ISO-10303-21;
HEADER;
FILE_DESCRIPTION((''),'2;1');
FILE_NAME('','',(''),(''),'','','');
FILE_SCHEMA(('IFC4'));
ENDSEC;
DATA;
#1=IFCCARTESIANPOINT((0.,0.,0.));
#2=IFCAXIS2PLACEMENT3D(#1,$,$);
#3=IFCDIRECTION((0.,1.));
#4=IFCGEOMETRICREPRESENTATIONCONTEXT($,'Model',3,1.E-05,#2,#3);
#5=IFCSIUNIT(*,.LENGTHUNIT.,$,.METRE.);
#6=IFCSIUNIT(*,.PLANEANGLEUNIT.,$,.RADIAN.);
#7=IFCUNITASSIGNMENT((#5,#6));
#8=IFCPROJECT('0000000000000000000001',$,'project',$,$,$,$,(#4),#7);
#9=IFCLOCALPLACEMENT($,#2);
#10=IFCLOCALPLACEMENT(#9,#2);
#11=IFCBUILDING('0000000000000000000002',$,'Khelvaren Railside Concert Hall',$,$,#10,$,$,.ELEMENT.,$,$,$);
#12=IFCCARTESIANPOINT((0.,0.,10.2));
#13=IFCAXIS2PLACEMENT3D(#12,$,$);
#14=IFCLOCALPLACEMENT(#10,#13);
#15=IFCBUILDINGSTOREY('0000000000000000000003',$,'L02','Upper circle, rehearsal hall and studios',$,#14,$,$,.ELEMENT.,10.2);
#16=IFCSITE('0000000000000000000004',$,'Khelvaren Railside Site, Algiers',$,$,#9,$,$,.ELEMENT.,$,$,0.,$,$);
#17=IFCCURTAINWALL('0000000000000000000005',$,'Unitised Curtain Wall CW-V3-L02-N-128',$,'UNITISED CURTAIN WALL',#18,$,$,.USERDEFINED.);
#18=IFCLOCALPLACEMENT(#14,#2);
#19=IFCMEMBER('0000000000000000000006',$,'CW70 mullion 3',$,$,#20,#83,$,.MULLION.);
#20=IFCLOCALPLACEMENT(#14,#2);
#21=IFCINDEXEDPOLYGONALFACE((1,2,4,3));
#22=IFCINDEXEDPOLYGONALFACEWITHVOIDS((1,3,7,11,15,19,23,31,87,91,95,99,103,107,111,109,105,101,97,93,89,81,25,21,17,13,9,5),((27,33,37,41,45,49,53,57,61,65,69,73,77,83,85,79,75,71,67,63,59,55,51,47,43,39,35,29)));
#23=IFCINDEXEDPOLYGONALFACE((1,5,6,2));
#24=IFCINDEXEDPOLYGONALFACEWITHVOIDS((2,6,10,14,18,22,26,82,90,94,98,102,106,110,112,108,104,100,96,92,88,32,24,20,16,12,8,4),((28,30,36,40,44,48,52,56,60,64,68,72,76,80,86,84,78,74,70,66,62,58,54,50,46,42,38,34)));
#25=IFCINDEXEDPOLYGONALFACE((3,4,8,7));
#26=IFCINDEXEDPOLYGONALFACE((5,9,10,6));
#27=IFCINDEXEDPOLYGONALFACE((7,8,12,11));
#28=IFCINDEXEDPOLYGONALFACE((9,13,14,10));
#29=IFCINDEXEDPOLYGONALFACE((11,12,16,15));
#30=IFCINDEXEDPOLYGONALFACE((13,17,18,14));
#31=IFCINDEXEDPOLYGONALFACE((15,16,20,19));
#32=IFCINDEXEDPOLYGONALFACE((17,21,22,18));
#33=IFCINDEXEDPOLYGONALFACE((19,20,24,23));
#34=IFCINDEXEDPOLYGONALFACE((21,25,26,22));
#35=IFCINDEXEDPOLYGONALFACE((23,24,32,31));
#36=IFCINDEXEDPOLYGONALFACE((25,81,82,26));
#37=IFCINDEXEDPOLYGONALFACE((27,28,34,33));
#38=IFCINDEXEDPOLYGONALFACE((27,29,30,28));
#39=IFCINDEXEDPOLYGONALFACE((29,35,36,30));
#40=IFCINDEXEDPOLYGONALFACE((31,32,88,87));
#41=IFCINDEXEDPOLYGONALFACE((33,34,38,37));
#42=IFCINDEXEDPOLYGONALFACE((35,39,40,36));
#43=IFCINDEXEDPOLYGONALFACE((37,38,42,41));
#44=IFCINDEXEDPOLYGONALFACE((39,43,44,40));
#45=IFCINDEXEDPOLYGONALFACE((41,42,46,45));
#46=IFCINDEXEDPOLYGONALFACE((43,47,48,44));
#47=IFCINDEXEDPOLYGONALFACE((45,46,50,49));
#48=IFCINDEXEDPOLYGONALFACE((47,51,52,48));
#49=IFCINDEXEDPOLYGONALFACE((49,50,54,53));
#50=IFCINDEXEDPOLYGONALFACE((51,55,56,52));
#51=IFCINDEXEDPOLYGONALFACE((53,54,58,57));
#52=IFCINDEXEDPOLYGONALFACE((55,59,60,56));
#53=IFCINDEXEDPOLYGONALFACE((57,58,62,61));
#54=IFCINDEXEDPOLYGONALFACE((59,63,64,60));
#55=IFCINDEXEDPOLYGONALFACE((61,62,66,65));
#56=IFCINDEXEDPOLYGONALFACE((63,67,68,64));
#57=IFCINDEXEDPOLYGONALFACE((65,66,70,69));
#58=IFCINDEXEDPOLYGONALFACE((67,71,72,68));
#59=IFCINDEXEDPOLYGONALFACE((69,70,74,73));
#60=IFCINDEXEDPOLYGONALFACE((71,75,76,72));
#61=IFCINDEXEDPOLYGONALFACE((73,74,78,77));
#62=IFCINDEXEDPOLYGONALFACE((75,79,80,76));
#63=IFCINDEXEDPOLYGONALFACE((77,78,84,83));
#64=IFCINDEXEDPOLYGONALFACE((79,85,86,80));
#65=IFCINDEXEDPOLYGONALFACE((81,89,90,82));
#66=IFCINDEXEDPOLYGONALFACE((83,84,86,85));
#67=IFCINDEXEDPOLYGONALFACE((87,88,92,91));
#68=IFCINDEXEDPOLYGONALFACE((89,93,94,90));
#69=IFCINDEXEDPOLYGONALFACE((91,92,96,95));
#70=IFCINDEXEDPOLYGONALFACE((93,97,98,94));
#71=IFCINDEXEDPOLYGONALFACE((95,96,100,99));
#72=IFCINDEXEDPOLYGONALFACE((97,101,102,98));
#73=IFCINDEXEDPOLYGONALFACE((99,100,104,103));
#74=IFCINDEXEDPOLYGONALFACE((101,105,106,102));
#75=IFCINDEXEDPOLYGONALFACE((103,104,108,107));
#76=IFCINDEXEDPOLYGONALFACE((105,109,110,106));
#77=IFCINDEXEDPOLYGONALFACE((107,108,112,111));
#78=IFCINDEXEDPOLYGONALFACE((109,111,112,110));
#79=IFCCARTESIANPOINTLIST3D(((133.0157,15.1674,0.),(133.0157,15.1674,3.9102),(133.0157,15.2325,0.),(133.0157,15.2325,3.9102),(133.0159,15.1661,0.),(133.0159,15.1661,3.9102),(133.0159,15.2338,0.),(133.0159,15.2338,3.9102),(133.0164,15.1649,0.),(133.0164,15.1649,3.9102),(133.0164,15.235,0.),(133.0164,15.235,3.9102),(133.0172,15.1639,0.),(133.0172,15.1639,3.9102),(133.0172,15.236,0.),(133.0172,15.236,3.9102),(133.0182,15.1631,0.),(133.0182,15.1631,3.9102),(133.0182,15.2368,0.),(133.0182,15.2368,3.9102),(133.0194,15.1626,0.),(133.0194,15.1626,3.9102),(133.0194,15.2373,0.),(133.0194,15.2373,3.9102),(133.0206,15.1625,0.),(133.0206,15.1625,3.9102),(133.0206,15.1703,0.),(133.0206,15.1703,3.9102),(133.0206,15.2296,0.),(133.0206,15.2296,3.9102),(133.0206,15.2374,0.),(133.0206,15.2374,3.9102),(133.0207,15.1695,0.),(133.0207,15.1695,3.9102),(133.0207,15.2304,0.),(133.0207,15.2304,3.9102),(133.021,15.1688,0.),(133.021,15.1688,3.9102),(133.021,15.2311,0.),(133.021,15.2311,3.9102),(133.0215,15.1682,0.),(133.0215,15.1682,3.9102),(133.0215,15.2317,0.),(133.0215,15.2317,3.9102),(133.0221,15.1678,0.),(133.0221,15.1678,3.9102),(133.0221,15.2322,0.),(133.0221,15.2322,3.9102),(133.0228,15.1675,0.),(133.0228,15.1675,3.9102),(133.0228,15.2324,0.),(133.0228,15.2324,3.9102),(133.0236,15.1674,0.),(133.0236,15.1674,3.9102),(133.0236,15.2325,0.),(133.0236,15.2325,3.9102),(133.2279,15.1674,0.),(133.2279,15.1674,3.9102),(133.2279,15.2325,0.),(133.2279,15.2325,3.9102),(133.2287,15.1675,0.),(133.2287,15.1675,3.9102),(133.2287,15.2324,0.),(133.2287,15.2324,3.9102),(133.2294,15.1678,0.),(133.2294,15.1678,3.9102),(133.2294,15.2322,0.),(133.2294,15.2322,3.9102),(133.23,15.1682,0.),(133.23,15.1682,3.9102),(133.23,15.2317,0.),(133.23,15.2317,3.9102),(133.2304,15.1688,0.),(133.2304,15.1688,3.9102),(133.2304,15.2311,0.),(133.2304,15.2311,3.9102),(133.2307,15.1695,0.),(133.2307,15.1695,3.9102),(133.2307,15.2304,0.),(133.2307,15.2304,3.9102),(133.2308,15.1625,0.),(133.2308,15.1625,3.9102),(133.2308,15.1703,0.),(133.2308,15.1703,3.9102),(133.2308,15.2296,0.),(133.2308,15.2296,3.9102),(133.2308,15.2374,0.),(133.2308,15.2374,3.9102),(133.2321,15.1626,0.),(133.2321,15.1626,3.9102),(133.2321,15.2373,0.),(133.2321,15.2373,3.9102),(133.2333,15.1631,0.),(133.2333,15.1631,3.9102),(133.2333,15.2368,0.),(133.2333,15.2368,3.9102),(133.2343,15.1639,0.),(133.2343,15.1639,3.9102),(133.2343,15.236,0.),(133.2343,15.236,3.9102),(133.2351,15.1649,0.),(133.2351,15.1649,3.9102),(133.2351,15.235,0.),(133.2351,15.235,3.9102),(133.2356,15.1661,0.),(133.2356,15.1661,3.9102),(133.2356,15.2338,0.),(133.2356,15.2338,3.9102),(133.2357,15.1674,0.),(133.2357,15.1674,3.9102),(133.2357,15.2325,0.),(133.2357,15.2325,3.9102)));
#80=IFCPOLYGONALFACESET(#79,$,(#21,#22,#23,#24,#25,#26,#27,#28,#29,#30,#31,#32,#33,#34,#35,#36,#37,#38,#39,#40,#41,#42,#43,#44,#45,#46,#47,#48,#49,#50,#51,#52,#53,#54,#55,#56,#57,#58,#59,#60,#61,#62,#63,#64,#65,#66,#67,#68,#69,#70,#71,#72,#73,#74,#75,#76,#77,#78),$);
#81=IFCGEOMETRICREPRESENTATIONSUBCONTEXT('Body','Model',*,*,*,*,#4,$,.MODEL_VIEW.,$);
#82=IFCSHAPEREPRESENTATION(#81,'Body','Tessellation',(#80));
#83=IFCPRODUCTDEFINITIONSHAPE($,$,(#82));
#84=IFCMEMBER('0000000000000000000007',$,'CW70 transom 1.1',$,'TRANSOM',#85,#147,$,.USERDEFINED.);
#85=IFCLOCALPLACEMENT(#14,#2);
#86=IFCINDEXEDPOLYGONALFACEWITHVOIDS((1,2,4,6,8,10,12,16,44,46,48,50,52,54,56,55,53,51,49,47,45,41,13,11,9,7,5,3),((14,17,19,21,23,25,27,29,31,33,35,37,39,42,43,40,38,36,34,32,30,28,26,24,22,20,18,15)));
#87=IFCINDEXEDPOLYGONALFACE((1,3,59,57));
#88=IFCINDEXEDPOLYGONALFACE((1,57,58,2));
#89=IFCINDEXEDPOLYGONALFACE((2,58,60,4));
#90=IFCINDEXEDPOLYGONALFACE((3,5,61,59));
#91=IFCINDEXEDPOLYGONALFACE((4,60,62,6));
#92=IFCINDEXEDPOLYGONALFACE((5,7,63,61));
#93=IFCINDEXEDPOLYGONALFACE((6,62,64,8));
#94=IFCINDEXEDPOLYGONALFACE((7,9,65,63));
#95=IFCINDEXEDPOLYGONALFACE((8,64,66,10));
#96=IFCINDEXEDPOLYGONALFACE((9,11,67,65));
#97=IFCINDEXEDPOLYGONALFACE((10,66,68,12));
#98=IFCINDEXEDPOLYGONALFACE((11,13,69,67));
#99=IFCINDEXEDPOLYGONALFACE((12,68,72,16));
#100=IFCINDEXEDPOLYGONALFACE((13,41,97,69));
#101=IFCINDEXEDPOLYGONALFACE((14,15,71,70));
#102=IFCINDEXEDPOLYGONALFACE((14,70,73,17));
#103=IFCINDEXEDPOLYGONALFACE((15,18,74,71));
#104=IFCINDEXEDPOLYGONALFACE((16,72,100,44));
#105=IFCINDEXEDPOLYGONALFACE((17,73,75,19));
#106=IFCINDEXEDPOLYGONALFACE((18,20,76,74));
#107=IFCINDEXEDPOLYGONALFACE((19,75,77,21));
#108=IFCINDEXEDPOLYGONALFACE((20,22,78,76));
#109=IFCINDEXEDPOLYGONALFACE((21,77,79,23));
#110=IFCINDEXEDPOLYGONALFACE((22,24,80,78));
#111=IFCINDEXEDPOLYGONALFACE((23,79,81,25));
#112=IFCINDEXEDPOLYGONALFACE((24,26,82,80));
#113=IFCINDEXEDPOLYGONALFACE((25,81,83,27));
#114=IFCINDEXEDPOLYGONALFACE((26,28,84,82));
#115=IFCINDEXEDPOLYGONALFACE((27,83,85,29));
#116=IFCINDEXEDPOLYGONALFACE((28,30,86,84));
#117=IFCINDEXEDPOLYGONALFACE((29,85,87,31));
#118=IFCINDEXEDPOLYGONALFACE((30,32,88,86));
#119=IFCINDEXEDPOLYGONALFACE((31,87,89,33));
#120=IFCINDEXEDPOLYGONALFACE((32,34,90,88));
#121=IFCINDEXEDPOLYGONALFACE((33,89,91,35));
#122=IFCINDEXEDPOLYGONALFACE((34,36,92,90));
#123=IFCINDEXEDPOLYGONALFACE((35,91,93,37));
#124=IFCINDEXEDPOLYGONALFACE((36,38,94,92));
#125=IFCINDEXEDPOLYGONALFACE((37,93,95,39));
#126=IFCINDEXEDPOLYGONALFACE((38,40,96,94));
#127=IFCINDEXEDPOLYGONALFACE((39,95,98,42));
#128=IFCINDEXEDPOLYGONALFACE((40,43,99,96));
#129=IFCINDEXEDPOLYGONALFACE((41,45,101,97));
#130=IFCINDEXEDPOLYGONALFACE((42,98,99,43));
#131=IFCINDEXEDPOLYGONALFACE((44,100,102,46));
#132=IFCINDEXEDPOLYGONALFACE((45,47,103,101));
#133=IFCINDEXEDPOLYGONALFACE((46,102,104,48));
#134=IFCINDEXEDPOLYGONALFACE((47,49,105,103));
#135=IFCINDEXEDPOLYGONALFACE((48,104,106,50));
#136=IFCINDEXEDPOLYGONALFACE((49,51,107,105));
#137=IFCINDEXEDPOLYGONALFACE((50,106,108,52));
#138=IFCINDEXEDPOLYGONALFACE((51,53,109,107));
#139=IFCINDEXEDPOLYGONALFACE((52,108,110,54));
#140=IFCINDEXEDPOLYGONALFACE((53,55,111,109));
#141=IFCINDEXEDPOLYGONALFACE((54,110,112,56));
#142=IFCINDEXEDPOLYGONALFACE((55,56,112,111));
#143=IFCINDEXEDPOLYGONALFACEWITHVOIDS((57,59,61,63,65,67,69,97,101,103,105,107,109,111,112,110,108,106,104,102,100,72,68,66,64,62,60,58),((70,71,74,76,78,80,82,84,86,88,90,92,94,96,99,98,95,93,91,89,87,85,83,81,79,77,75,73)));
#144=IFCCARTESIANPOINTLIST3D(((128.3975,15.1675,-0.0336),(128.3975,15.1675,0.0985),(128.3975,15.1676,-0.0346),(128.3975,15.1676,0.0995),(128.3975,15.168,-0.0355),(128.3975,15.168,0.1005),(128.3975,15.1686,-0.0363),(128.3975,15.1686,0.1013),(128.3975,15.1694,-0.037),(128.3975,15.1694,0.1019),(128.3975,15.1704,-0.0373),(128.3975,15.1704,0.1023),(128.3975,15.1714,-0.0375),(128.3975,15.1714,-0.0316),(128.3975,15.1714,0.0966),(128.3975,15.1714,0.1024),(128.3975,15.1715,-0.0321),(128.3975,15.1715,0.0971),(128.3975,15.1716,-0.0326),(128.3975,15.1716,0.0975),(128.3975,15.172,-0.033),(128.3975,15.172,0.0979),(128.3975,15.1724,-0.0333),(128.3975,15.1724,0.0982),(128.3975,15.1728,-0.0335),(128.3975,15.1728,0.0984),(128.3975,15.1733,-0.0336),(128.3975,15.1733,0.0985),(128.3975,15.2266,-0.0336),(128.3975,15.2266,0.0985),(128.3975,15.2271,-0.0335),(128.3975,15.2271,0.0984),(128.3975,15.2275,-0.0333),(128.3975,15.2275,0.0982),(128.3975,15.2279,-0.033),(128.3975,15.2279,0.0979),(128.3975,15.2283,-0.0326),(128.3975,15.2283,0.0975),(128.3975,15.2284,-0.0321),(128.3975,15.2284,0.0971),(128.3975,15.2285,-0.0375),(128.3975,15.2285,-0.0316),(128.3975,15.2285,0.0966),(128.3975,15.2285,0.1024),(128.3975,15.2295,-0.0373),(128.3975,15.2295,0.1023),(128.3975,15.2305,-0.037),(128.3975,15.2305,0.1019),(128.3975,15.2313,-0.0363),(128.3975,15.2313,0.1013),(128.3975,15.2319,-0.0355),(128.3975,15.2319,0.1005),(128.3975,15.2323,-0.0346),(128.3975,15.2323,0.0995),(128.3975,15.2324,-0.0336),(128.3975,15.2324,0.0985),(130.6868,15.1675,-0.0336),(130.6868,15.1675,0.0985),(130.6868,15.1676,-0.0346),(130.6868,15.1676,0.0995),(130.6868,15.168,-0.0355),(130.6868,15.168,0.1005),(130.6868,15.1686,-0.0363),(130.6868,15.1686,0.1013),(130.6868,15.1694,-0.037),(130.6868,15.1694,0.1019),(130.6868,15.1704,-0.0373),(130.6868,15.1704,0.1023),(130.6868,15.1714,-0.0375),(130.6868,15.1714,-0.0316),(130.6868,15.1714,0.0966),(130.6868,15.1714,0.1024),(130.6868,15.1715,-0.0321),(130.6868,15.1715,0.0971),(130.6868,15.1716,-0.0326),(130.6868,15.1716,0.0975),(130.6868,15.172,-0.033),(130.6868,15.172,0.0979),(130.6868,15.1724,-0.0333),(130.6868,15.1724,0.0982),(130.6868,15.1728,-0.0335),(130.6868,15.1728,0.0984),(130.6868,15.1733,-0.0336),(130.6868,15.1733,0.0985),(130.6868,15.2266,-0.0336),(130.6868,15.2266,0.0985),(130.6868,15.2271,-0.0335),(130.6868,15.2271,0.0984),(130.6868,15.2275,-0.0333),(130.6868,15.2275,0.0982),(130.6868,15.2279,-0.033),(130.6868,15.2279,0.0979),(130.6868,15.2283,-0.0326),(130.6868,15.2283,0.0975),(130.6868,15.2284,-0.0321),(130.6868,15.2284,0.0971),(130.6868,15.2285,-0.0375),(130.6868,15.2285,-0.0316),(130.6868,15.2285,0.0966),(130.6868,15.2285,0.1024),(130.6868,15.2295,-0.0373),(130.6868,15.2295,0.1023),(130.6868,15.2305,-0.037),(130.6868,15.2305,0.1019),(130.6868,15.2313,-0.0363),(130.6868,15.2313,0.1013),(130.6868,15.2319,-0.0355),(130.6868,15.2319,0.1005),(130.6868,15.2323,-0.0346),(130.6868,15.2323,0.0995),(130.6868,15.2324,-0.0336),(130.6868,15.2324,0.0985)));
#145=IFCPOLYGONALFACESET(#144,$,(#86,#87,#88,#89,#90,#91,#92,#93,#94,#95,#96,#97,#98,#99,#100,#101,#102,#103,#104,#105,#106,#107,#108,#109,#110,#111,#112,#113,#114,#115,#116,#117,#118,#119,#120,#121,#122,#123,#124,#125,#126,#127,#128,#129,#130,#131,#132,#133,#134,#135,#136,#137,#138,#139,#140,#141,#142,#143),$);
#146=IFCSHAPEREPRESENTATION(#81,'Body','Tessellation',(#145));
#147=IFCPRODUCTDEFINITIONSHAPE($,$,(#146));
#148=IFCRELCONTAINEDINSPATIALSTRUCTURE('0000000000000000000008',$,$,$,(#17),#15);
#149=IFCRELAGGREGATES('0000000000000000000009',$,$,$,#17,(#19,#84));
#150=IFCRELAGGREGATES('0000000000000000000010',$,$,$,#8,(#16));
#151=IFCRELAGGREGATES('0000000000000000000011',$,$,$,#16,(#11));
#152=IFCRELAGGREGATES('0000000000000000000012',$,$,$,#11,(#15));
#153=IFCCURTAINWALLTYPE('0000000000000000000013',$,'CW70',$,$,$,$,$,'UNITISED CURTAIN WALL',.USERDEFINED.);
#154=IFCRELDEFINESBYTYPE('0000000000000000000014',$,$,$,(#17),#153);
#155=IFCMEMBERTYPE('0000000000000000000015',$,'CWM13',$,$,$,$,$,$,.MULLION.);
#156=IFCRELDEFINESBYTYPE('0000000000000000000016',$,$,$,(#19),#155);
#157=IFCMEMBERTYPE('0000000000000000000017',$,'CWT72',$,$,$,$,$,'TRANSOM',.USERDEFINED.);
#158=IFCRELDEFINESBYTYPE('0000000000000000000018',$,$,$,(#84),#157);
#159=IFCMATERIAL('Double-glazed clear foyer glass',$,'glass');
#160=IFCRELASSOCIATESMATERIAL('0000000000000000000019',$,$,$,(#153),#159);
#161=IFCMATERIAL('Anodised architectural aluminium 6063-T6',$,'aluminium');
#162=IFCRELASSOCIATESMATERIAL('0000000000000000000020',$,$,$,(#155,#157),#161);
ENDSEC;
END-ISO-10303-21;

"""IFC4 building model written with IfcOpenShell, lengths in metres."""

from ifc_helpers import new_model, si_unit, direction, frame, origin, origin_2d, place, context, subcontext, project, spatial, hollow_rectangle, extrude, material, material_profile, profile_set, type_object, element, aggregate, save


model = new_model("IFC4")

# Units and contexts
model_context = context("Model", 3, precision=1e-05, world=origin(), true_north=direction((0.0, 1.0)))
body_context = subcontext(model_context, "Body", "Model", "MODEL_VIEW")
ifc_project = project(units=[si_unit("LENGTHUNIT", "METRE"), si_unit("PLANEANGLEUNIT", "RADIAN")], contexts=[model_context])

# Site, building, storey
site_placement = place(None, origin())
site = spatial("IfcSite", under=ifc_project, at=site_placement, Name="Khelvaren Railside Site, Algiers", CompositionType="ELEMENT", RefElevation=0.0)
building_placement = place(site_placement, origin())
building = spatial("IfcBuilding", under=site, at=building_placement, Name="Khelvaren Railside Concert Hall", CompositionType="ELEMENT")
storey_placement = place(building_placement, frame((0.0, 0.0, 10.2)))
storey = spatial("IfcBuildingStorey", under=building, at=storey_placement, Name="L02", Description="Upper circle, rehearsal hall and studios", CompositionType="ELEMENT", Elevation=10.2)

# Curtain wall, members
ifc_material_1 = material(Name="Double-glazed clear foyer glass", Category="glass")
curtain_wall_type = type_object("IfcCurtainWallType", Name="CW70", ElementType="UNITISED CURTAIN WALL", PredefinedType="USERDEFINED", material=ifc_material_1)
curtain_wall_placement = place(storey_placement, origin())
curtain_wall = element("IfcCurtainWall", 1, at=curtain_wall_placement, inside=storey, type_object=curtain_wall_type, Name="Unitised Curtain Wall CW-V3-L02-N-128", ObjectType="UNITISED CURTAIN WALL", PredefinedType="USERDEFINED")
ifc_material_2 = material(Name="Anodised architectural aluminium 6063-T6", Category="aluminium")
ifc_material_profile_1 = material_profile(ifc_material_2, hollow_rectangle(XDim=0.075, YDim=0.22, WallThickness=0.0049, InnerFilletRadius=0.0029, OuterFilletRadius=0.0049, at=origin_2d()), Name="CWM 75x220x5")
ifc_profile_set_1 = profile_set([ifc_material_profile_1], Name="Anodised architectural aluminium 6063-T6")
member_type_1 = type_object("IfcMemberType", Name="CWM13", PredefinedType="MULLION", material=ifc_profile_set_1)
member_1_placement = place(storey_placement, frame((133.1257, 15.2, 0.0), z_axis=(0.0, 0.0, 1.0), x_axis=(0.0, 1.0, 0.0)))
member_1 = element("IfcMember", 2, at=member_1_placement, type_object=member_type_1, Name="CW70 mullion 3", PredefinedType="MULLION", context=body_context, shape_type="SweptSolid", body=[
    extrude(hollow_rectangle(XDim=0.075, YDim=0.22, WallThickness=0.0049, InnerFilletRadius=0.0029, OuterFilletRadius=0.0049, at=origin_2d()), origin(), (0.0, 0.0, 1.0), 3.9102),
])
ifc_material_profile_2 = material_profile(ifc_material_2, hollow_rectangle(XDim=0.0649, YDim=0.1399, WallThickness=0.0039, InnerFilletRadius=0.002, OuterFilletRadius=0.0039, at=origin_2d()), Name="CWT 65x140x4")
ifc_profile_set_2 = profile_set([ifc_material_profile_2], Name="Anodised architectural aluminium 6063-T6")
member_type_2 = type_object("IfcMemberType", Name="CWT72", ElementType="TRANSOM", PredefinedType="USERDEFINED", material=ifc_profile_set_2)
member_2_placement = place(storey_placement, frame((128.3975, 15.2, 0.0325), z_axis=(1.0, 0.0, 0.0), x_axis=(0.0, 1.0, 0.0)))
member_2 = element("IfcMember", 3, at=member_2_placement, type_object=member_type_2, Name="CW70 transom 1.1", ObjectType="TRANSOM", PredefinedType="USERDEFINED", context=body_context, shape_type="SweptSolid", body=[
    extrude(hollow_rectangle(XDim=0.0649, YDim=0.1399, WallThickness=0.0039, InnerFilletRadius=0.002, OuterFilletRadius=0.0039, at=origin_2d()), origin(), (0.0, 0.0, 1.0), 2.2893),
])

aggregate(curtain_wall, [member_1, member_2])

save(model, "model.ifc")
